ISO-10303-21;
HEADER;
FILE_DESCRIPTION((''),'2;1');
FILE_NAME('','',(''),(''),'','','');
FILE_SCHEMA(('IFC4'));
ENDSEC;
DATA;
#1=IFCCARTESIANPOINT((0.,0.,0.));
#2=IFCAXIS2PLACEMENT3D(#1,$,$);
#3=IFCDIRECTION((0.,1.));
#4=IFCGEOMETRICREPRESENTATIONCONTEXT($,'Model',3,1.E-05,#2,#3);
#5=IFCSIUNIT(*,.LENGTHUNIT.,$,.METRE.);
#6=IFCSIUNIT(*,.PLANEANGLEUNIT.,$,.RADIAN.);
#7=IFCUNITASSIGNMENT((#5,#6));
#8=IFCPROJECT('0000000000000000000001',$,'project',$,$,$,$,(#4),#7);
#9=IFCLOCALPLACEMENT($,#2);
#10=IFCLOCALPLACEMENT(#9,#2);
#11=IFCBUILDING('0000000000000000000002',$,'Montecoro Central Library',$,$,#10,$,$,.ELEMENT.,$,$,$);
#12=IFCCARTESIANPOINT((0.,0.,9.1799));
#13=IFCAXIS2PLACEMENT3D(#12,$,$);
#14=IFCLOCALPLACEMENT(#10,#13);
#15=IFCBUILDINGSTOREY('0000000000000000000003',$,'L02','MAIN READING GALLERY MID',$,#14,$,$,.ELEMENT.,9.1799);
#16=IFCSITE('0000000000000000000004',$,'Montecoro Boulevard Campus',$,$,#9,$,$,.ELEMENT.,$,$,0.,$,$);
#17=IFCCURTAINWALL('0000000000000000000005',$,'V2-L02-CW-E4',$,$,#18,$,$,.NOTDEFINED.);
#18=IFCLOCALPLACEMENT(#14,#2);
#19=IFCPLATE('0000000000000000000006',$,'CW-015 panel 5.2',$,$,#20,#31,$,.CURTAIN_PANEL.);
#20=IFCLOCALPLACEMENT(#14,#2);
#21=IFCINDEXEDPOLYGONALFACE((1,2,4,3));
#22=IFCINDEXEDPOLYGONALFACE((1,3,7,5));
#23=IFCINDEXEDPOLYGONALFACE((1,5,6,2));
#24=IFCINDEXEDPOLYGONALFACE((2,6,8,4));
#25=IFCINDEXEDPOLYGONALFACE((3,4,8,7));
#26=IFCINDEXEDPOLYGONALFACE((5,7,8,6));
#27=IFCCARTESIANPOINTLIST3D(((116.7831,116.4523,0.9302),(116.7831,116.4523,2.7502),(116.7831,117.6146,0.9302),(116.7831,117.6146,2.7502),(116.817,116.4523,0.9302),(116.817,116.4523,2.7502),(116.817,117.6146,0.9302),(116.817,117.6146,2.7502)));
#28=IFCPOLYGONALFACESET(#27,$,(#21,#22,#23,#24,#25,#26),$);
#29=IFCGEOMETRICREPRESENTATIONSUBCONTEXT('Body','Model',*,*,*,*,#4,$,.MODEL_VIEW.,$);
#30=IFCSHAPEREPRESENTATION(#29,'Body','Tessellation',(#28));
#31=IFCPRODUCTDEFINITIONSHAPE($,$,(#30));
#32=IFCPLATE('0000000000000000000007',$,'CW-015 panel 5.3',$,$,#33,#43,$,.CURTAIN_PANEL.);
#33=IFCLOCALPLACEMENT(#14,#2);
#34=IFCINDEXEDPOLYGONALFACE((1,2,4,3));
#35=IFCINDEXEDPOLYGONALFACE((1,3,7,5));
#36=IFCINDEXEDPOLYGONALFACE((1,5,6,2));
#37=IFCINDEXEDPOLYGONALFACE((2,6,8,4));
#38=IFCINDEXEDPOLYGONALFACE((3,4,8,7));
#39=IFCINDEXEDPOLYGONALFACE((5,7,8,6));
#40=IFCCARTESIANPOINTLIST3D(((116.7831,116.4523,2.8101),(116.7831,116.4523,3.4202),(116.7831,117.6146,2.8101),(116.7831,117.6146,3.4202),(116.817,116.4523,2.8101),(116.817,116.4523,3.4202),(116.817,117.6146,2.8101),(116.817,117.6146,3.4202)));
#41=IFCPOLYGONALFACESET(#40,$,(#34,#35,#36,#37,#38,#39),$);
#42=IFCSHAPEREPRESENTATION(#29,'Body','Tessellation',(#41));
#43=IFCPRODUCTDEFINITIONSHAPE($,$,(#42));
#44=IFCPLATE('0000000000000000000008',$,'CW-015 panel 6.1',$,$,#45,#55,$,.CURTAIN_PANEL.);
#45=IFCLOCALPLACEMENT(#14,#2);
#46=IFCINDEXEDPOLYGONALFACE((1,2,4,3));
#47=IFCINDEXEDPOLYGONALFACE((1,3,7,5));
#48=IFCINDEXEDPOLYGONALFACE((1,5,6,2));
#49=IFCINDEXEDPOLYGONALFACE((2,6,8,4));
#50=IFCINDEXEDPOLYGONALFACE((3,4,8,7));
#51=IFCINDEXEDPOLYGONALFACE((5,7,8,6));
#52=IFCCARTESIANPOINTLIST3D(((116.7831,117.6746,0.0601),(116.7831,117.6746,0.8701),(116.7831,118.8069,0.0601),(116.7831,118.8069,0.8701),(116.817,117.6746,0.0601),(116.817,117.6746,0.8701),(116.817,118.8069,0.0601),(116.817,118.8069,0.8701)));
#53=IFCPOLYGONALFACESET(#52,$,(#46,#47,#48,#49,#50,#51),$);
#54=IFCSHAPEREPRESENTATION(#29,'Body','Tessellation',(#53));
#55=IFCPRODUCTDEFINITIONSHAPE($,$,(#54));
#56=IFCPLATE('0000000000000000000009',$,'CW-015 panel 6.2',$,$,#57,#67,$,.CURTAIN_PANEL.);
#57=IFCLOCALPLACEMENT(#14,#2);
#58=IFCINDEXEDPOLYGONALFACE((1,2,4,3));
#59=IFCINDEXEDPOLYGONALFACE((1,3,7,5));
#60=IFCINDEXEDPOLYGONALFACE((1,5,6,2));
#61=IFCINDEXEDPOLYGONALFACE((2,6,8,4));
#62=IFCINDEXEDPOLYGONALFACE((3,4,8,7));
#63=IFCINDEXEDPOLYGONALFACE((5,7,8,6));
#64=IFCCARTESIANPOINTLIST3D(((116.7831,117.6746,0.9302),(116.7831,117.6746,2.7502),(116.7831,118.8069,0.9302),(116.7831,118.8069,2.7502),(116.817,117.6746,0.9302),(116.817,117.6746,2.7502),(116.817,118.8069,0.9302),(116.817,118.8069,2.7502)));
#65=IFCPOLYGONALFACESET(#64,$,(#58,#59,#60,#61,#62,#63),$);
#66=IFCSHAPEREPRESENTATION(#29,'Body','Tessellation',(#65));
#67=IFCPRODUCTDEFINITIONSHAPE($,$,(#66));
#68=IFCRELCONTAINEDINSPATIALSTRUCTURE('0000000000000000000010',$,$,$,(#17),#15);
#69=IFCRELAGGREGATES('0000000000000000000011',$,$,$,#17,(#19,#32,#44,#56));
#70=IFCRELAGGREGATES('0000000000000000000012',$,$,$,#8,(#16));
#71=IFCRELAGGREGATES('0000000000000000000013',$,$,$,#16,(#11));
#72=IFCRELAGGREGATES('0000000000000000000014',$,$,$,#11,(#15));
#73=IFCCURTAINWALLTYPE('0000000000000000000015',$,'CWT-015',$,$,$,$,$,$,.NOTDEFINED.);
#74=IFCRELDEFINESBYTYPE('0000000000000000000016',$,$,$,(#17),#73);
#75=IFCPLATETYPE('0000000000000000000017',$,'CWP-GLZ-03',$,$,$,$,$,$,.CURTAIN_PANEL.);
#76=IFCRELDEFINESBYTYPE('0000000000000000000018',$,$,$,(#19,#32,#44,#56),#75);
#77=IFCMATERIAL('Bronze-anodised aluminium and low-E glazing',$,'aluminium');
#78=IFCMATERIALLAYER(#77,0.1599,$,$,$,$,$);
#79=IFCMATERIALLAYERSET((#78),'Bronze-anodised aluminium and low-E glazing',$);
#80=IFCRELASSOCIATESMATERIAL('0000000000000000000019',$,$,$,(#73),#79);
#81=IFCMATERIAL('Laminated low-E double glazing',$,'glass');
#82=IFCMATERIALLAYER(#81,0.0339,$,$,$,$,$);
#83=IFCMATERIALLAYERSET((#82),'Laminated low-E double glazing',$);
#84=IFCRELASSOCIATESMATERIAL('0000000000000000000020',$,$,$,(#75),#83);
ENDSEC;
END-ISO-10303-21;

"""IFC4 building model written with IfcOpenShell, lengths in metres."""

from ifc_helpers import new_model, si_unit, direction, frame, origin, origin_2d, place, context, subcontext, project, spatial, rectangle, extrude, material, layer, layer_set, type_object, element, aggregate, save


model = new_model("IFC4")

# Units and contexts
model_context = context("Model", 3, precision=1e-05, world=origin(), true_north=direction((0.0, 1.0)))
body_context = subcontext(model_context, "Body", "Model", "MODEL_VIEW")
ifc_project = project(units=[si_unit("LENGTHUNIT", "METRE"), si_unit("PLANEANGLEUNIT", "RADIAN")], contexts=[model_context])

# Site, building, storey
site_placement = place(None, origin())
site = spatial("IfcSite", under=ifc_project, at=site_placement, Name="Montecoro Boulevard Campus", CompositionType="ELEMENT", RefElevation=0.0)
building_placement = place(site_placement, origin())
building = spatial("IfcBuilding", under=site, at=building_placement, Name="Montecoro Central Library", CompositionType="ELEMENT")
storey_placement = place(building_placement, frame((0.0, 0.0, 9.1799)))
storey = spatial("IfcBuildingStorey", under=building, at=storey_placement, Name="L02", Description="MAIN READING GALLERY MID", CompositionType="ELEMENT", Elevation=9.1799)

# Curtain wall, plates
ifc_material_1 = material(Name="Bronze-anodised aluminium and low-E glazing", Category="aluminium")
ifc_layer_1 = layer(ifc_material_1, 0.1599)
ifc_layer_set_1 = layer_set([ifc_layer_1], Name="Bronze-anodised aluminium and low-E glazing")
curtain_wall_type = type_object("IfcCurtainWallType", Name="CWT-015", PredefinedType="NOTDEFINED", material=ifc_layer_set_1)
curtain_wall_placement = place(storey_placement, origin())
curtain_wall = element("IfcCurtainWall", 1, at=curtain_wall_placement, inside=storey, type_object=curtain_wall_type, Name="V2-L02-CW-E4", PredefinedType="NOTDEFINED")
ifc_material_2 = material(Name="Laminated low-E double glazing", Category="glass")
ifc_layer_2 = layer(ifc_material_2, 0.0339)
ifc_layer_set_2 = layer_set([ifc_layer_2], Name="Laminated low-E double glazing")
plate_type = type_object("IfcPlateType", Name="CWP-GLZ-03", PredefinedType="CURTAIN_PANEL", material=ifc_layer_set_2)
plate_1_placement = place(storey_placement, frame((116.8, 117.0334, 0.9302), z_axis=(0.0, 0.0, 1.0), x_axis=(0.0, 1.0, 0.0)))
plate_1 = element("IfcPlate", 2, at=plate_1_placement, type_object=plate_type, Name="CW-015 panel 5.2", PredefinedType="CURTAIN_PANEL", context=body_context, shape_type="SweptSolid", body=[
    extrude(rectangle(XDim=1.1624, YDim=0.0339, at=origin_2d()), origin(), (0.0, 0.0, 1.0), 1.8201),
])
plate_2_placement = place(storey_placement, frame((116.8, 117.0334, 2.8101), z_axis=(0.0, 0.0, 1.0), x_axis=(0.0, 1.0, 0.0)))
plate_2 = element("IfcPlate", 3, at=plate_2_placement, type_object=plate_type, Name="CW-015 panel 5.3", PredefinedType="CURTAIN_PANEL", context=body_context, shape_type="SweptSolid", body=[
    extrude(rectangle(XDim=1.1624, YDim=0.0339, at=origin_2d()), origin(), (0.0, 0.0, 1.0), 0.6101),
])
plate_3_placement = place(storey_placement, frame((116.8, 118.2407, 0.0601), z_axis=(0.0, 0.0, 1.0), x_axis=(0.0, 1.0, 0.0)))
plate_3 = element("IfcPlate", 4, at=plate_3_placement, type_object=plate_type, Name="CW-015 panel 6.1", PredefinedType="CURTAIN_PANEL", context=body_context, shape_type="SweptSolid", body=[
    extrude(rectangle(XDim=1.1323, YDim=0.0339, at=origin_2d()), origin(), (0.0, 0.0, 1.0), 0.8101),
])
plate_4_placement = place(storey_placement, frame((116.8, 118.2407, 0.9302), z_axis=(0.0, 0.0, 1.0), x_axis=(0.0, 1.0, 0.0)))
plate_4 = element("IfcPlate", 5, at=plate_4_placement, type_object=plate_type, Name="CW-015 panel 6.2", PredefinedType="CURTAIN_PANEL", context=body_context, shape_type="SweptSolid", body=[
    extrude(rectangle(XDim=1.1323, YDim=0.0339, at=origin_2d()), origin(), (0.0, 0.0, 1.0), 1.8201),
])
aggregate(curtain_wall, [plate_1, plate_2, plate_3, plate_4])

save(model, "model.ifc")
